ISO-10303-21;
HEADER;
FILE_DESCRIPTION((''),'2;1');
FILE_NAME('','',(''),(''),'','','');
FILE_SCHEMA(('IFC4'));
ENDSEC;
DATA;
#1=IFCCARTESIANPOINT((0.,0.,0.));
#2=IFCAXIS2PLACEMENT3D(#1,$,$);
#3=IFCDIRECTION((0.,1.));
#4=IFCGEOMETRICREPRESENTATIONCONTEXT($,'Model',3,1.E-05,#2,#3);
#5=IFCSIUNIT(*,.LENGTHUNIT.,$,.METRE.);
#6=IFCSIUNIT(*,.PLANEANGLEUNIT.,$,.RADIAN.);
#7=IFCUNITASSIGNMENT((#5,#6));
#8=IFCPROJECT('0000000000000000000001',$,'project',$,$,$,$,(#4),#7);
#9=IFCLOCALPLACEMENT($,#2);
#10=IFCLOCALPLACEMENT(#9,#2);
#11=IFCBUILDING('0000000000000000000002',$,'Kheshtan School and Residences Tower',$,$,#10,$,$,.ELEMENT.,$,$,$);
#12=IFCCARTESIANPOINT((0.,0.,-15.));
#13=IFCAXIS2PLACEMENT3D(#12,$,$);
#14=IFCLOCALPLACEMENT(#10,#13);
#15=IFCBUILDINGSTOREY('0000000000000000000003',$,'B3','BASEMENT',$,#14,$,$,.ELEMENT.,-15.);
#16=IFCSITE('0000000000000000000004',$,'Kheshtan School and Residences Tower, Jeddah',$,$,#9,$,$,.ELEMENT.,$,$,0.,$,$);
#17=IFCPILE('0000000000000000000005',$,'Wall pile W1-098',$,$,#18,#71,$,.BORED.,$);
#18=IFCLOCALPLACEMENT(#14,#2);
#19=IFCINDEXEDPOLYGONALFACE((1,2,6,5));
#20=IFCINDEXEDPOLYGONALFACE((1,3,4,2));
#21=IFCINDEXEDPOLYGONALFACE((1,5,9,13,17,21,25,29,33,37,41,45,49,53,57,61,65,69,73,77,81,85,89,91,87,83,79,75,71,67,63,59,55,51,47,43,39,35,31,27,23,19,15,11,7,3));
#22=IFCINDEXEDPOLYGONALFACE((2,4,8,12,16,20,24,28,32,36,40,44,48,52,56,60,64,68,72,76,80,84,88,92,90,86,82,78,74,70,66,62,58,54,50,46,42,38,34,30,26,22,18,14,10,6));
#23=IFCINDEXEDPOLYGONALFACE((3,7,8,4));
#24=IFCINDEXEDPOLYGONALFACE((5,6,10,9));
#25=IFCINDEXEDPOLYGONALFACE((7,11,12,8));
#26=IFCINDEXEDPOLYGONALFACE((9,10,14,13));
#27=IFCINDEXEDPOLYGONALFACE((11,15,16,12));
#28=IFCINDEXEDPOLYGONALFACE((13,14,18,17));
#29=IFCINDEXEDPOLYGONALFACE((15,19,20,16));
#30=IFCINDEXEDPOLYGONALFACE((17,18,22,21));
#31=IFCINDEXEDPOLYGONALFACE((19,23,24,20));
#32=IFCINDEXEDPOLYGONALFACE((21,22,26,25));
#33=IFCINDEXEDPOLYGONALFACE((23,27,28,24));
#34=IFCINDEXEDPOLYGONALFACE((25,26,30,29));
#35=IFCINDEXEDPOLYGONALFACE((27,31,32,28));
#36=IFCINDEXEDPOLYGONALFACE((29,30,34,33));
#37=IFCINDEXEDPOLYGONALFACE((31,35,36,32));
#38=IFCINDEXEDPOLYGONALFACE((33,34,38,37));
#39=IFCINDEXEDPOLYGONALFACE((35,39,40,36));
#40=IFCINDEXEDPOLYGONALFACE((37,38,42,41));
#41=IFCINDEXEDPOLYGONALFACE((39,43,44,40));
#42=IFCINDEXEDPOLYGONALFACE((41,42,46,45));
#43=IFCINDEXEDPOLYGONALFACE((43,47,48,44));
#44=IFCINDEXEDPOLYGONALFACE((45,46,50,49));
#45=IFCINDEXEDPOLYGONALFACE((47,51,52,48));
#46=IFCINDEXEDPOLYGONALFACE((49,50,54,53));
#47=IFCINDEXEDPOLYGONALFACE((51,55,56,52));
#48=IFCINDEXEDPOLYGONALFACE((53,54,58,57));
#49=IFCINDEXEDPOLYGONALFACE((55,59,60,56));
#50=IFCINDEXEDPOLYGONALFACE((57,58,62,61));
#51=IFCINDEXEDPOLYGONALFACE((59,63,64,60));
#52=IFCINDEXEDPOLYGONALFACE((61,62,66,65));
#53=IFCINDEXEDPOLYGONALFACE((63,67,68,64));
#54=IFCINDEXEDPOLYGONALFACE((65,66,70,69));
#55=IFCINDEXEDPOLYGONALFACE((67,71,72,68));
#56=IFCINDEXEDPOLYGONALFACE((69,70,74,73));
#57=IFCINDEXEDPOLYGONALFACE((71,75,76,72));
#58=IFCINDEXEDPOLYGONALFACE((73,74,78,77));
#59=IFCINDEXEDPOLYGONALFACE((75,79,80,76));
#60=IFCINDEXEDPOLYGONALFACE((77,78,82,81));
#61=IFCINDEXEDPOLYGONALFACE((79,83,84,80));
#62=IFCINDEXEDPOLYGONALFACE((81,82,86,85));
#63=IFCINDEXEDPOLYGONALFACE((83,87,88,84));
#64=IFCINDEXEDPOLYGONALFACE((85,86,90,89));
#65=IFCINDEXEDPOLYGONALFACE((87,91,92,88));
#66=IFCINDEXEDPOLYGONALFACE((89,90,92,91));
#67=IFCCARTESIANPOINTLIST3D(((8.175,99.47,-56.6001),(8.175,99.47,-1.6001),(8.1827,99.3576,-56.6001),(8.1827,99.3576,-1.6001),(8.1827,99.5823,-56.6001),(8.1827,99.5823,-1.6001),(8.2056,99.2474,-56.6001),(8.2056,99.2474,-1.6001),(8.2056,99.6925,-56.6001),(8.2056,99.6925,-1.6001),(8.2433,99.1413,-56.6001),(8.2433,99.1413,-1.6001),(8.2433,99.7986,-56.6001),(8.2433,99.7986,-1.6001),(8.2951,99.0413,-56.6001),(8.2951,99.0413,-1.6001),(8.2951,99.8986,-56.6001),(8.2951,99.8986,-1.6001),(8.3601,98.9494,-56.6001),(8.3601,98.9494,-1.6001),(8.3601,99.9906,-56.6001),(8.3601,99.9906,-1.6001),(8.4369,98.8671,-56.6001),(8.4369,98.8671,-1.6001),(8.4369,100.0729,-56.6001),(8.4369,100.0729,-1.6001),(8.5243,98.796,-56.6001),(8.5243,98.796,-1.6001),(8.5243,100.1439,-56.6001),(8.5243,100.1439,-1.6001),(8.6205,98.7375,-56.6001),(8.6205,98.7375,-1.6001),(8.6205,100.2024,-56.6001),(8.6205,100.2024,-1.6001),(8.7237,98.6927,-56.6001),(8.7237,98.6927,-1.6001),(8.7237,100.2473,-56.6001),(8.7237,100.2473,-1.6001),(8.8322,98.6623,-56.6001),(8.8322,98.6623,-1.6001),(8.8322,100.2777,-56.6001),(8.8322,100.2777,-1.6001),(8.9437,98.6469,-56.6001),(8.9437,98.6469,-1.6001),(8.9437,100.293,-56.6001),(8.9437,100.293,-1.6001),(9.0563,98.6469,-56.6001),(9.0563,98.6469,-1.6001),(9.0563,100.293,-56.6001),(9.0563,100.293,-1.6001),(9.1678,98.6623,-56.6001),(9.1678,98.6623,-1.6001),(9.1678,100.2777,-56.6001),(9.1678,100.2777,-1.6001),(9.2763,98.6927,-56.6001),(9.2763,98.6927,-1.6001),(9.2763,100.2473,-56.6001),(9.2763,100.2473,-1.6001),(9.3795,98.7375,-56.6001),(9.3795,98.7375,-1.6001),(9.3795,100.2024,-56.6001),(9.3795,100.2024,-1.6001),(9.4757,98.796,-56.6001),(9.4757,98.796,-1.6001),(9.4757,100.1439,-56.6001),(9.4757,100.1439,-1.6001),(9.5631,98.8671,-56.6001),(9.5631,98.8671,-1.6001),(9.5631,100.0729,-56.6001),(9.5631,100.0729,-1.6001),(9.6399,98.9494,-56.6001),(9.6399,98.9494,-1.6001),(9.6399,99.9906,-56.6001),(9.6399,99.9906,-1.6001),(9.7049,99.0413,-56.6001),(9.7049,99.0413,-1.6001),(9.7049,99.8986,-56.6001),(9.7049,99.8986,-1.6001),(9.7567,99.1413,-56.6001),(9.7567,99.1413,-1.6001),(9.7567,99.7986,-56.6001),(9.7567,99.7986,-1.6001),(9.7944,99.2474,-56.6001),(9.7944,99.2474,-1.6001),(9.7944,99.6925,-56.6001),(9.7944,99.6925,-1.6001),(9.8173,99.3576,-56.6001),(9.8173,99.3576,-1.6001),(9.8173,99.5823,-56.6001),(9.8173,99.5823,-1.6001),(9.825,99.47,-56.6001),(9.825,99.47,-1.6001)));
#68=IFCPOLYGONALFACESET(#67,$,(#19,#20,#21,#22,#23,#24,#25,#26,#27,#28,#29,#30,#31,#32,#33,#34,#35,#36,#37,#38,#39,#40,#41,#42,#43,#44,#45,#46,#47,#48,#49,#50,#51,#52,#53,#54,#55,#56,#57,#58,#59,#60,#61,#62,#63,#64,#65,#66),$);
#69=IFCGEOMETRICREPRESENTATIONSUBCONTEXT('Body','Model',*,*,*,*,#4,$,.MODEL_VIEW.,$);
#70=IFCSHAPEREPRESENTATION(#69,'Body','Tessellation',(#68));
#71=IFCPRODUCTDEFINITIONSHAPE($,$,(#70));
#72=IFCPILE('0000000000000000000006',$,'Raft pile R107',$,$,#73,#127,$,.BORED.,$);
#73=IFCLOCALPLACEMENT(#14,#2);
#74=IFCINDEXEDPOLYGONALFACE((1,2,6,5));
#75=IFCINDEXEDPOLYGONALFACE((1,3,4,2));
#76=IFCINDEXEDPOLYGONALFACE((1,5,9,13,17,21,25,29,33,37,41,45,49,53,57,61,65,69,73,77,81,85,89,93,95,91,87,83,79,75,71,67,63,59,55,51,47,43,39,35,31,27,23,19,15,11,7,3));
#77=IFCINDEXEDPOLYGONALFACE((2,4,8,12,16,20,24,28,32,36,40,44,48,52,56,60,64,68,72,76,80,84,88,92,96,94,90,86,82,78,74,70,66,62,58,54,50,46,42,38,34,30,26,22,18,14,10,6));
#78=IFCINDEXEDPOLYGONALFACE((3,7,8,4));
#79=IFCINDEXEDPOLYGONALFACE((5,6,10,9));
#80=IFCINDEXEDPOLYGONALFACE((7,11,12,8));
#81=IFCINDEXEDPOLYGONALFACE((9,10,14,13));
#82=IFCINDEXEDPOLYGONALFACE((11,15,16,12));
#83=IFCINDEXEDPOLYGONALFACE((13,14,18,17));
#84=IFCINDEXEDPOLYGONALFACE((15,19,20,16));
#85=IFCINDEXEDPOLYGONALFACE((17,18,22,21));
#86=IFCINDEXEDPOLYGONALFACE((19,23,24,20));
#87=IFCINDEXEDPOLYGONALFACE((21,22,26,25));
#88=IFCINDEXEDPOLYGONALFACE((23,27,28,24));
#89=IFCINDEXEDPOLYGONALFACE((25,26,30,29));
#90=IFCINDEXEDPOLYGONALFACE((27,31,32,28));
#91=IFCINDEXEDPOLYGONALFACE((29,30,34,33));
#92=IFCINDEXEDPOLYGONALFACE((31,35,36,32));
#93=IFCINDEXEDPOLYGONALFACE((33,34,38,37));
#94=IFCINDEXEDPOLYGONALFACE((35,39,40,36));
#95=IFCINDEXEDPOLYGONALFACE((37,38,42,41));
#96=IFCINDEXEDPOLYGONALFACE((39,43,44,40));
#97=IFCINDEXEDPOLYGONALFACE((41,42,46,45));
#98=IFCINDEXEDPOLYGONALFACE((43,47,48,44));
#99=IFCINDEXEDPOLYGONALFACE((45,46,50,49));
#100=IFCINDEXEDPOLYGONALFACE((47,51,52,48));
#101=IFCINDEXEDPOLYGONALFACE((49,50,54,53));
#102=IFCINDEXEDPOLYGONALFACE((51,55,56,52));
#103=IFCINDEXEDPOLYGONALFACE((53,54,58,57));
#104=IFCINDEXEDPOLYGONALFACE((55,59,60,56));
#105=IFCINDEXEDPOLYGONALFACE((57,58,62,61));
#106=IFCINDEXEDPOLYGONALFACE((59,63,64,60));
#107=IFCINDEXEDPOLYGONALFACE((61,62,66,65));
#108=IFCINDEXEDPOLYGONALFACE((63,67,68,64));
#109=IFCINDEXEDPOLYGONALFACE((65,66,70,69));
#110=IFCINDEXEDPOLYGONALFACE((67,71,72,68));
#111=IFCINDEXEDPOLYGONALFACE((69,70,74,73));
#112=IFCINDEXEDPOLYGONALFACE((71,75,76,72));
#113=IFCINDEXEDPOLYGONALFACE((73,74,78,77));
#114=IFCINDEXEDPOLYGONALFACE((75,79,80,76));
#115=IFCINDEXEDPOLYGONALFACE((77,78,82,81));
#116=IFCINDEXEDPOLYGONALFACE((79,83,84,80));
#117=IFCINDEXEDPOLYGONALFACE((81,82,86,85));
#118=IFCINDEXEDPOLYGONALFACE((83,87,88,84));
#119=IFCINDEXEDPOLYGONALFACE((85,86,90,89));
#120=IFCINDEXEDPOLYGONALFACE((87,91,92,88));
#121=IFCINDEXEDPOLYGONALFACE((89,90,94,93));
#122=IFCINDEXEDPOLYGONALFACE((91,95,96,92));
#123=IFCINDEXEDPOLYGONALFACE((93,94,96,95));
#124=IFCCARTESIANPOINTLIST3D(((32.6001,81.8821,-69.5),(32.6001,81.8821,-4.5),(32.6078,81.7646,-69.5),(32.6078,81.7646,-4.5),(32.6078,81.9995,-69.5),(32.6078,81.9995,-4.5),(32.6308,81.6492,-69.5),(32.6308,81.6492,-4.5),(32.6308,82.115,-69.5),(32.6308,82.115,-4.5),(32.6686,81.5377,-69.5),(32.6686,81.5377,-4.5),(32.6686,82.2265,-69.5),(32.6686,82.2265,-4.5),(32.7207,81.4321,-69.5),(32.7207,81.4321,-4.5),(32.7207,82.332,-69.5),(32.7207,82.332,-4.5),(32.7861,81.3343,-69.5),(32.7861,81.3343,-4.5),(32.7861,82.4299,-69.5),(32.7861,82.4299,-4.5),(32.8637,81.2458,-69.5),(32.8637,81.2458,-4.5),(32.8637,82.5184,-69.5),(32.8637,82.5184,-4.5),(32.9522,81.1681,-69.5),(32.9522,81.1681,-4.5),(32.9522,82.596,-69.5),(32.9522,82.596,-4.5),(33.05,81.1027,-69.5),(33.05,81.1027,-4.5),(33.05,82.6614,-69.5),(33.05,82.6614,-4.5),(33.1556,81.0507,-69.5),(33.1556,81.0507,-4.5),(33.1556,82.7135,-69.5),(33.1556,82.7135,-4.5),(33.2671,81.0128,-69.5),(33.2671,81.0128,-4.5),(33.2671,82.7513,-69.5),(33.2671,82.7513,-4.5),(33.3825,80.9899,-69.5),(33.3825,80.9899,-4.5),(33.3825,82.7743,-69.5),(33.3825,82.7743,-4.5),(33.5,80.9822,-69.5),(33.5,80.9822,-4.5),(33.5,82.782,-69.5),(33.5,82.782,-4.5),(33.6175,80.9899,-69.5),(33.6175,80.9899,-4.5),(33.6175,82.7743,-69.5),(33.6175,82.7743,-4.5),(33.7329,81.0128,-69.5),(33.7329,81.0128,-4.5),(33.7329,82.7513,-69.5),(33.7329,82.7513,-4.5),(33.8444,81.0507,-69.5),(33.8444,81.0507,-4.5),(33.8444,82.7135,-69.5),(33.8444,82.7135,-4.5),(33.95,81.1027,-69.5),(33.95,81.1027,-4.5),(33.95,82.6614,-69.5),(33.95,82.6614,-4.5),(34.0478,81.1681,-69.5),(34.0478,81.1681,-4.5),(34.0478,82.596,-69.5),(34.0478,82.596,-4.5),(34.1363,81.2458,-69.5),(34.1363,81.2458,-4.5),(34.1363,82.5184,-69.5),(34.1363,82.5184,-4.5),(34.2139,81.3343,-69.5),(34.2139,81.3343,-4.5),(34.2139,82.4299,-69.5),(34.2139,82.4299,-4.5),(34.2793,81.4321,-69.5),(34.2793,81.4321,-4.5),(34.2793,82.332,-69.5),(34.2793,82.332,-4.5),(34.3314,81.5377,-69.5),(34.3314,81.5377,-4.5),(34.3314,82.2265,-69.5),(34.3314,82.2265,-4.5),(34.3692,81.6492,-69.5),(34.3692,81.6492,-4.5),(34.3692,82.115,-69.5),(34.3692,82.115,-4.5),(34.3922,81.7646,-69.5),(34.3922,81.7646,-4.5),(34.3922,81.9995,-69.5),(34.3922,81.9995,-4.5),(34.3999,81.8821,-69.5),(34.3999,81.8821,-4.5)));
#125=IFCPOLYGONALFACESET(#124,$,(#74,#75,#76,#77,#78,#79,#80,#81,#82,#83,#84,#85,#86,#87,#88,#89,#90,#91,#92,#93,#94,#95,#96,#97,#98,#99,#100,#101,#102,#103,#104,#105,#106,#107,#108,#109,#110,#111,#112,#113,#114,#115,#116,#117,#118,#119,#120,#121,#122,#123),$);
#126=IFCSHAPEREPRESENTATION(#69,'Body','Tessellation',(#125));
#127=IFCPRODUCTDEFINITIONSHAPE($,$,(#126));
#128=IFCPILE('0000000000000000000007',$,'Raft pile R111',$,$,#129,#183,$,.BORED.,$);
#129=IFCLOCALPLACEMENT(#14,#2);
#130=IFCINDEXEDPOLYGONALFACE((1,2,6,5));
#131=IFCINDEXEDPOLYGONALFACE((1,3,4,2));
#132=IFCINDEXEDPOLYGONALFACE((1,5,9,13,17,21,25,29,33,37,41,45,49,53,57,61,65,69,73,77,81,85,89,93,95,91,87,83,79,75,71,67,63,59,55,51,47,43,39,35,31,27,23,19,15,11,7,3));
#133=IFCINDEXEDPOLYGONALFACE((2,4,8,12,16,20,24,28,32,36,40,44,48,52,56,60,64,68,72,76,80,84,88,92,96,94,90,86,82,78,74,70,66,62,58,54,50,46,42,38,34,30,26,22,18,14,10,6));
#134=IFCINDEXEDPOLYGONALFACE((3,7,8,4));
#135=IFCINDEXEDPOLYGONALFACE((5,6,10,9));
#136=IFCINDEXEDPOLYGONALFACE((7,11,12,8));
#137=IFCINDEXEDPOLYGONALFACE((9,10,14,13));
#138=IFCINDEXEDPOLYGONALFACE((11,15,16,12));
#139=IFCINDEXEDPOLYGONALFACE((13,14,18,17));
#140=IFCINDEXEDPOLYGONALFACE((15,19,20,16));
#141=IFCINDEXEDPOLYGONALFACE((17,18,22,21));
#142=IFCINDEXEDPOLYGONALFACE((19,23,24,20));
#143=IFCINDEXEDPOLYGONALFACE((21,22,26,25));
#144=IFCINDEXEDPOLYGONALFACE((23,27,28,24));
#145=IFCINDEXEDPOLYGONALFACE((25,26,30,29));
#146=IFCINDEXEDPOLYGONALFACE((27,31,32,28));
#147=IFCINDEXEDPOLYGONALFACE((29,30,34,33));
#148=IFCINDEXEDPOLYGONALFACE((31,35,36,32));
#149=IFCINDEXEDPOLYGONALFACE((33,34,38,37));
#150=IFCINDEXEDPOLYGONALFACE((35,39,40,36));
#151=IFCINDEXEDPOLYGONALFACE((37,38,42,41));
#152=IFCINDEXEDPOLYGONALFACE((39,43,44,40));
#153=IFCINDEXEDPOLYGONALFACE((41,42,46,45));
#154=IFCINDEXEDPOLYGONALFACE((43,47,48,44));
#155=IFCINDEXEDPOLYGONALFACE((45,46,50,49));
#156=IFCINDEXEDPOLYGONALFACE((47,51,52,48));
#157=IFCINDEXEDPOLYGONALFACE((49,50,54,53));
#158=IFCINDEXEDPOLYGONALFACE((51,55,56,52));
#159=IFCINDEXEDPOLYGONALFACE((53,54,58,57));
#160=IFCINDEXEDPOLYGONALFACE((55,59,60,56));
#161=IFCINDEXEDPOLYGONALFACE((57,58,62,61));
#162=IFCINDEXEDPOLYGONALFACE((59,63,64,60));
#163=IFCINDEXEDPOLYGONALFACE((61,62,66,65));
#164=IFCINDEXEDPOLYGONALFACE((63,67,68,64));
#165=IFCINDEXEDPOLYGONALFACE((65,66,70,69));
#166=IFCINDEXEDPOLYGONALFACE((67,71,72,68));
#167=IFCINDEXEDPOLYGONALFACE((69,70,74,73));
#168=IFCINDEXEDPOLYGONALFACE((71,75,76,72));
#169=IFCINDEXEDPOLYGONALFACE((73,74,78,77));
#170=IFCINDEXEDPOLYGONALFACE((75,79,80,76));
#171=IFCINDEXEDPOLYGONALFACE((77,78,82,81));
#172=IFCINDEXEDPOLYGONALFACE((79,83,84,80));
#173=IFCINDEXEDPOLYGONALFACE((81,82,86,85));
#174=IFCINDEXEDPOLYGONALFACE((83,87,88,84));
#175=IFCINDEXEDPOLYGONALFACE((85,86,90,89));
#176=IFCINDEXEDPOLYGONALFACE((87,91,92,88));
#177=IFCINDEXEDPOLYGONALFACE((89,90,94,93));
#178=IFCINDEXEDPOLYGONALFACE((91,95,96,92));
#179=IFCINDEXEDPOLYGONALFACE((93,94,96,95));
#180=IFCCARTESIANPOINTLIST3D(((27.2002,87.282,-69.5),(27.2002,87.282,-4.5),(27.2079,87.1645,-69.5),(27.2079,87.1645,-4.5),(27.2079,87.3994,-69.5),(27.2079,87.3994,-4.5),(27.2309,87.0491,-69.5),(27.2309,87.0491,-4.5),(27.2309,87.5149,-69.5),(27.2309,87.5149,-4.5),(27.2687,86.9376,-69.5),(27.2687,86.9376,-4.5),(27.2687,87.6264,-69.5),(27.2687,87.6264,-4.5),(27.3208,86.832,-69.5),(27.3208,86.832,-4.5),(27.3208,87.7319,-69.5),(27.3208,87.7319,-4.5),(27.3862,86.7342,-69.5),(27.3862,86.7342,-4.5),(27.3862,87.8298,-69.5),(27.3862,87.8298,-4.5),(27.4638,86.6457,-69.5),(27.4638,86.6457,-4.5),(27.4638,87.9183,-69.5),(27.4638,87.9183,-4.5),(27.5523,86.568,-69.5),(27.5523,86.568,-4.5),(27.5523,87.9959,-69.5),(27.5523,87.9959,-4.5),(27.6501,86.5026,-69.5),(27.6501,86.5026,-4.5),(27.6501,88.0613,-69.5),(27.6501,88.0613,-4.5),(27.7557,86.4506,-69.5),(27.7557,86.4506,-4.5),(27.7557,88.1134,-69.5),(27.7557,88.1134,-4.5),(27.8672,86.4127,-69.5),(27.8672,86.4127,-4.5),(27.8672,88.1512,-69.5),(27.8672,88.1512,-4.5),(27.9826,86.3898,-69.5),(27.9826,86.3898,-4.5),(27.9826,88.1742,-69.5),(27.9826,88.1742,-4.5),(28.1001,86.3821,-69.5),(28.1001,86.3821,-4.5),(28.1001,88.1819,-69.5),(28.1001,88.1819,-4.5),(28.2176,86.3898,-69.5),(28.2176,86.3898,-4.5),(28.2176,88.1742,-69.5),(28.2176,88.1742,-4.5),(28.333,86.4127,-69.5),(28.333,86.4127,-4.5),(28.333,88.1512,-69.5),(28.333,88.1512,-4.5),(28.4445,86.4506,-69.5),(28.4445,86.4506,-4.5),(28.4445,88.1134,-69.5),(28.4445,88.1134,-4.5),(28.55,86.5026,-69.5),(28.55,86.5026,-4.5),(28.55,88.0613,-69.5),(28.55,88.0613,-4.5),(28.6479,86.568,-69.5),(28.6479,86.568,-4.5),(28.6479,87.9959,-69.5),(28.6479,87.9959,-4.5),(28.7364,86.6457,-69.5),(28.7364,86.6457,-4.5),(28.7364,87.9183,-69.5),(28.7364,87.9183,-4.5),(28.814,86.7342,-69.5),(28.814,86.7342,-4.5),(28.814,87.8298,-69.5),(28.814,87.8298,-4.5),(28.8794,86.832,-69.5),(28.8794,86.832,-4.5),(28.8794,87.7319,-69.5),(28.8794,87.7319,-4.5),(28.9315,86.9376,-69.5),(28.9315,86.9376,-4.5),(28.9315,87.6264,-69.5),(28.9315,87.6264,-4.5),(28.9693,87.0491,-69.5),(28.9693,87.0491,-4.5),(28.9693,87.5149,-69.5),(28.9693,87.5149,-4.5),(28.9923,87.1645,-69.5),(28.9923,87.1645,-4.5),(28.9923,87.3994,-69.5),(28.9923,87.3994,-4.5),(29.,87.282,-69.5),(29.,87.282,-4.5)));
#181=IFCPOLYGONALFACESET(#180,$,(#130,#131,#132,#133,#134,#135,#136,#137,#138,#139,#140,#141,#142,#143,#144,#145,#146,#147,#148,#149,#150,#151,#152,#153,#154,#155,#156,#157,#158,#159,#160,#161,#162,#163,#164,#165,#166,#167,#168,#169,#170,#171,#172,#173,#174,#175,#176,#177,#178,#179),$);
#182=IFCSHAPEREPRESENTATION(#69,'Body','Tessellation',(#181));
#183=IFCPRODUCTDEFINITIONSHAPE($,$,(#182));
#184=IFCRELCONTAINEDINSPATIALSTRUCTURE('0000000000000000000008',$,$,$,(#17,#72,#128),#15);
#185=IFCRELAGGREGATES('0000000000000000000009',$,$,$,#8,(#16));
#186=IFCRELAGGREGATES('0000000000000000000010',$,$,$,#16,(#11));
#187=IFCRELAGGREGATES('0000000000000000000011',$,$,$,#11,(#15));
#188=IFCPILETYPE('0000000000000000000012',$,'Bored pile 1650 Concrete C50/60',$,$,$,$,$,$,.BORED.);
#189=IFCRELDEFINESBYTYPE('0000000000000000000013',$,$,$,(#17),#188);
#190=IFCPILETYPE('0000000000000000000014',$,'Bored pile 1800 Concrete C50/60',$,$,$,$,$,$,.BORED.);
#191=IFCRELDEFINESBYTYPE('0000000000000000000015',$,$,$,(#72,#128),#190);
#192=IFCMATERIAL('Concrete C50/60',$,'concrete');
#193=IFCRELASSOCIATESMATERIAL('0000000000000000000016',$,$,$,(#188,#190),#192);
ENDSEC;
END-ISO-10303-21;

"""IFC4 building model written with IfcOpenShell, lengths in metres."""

from ifc_helpers import new_model, si_unit, direction, frame, origin, origin_2d, place, context, subcontext, project, spatial, circle, extrude, material, material_profile, profile_set, type_object, element, save


model = new_model("IFC4")

# Units and contexts
model_context = context("Model", 3, precision=1e-05, world=origin(), true_north=direction((0.0, 1.0)))
body_context = subcontext(model_context, "Body", "Model", "MODEL_VIEW")
ifc_project = project(units=[si_unit("LENGTHUNIT", "METRE"), si_unit("PLANEANGLEUNIT", "RADIAN")], contexts=[model_context])

# Site, building, storey
site_placement = place(None, origin())
site = spatial("IfcSite", under=ifc_project, at=site_placement, Name="Kheshtan School and Residences Tower, Jeddah", CompositionType="ELEMENT", RefElevation=0.0)
building_placement = place(site_placement, origin())
building = spatial("IfcBuilding", under=site, at=building_placement, Name="Kheshtan School and Residences Tower", CompositionType="ELEMENT")
storey_placement = place(building_placement, frame((0.0, 0.0, -15.0)))
storey = spatial("IfcBuildingStorey", under=building, at=storey_placement, Name="B3", Description="BASEMENT", CompositionType="ELEMENT", Elevation=-15.0)

# Piles
ifc_material_1 = material(Name="Concrete C50/60", Category="concrete")
ifc_material_profile_1 = material_profile(ifc_material_1, circle(Radius=0.825, at=origin_2d()), Name="BP 1650")
ifc_profile_set_1 = profile_set([ifc_material_profile_1], Name="Concrete C50/60")
pile_type_1 = type_object("IfcPileType", Name="Bored pile 1650 Concrete C50/60", PredefinedType="BORED", material=ifc_profile_set_1)
for number, where, z_axis, x_axis, name in (
    (1, (9.0, 99.47, -1.6001), (0.0, 0.0, -1.0), (1.0, 0.0, 0.0), "Wall pile W1-098"),
):
    element("IfcPile", number, at=place(storey_placement, frame(where, z_axis=z_axis, x_axis=x_axis)), inside=storey, type_object=pile_type_1, Name=name, PredefinedType="BORED", context=body_context, shape_type="SweptSolid", body=[
        extrude(circle(Radius=0.825, at=origin_2d()), origin(), (0.0, 0.0, 1.0), 55.0),
    ])
ifc_material_profile_2 = material_profile(ifc_material_1, circle(Radius=0.8999, at=origin_2d()), Name="BP 1800")
ifc_profile_set_2 = profile_set([ifc_material_profile_2], Name="Concrete C50/60")
pile_type_2 = type_object("IfcPileType", Name="Bored pile 1800 Concrete C50/60", PredefinedType="BORED", material=ifc_profile_set_2)
for number, where, z_axis, x_axis, name in (
    (2, (33.5, 81.8821, -4.5), (0.0, 0.0, -1.0), (1.0, 0.0, 0.0), "Raft pile R107"),
    (3, (28.1001, 87.282, -4.5), (0.0, 0.0, -1.0), (1.0, 0.0, 0.0), "Raft pile R111"),
):
    element("IfcPile", number, at=place(storey_placement, frame(where, z_axis=z_axis, x_axis=x_axis)), inside=storey, type_object=pile_type_2, Name=name, PredefinedType="BORED", context=body_context, shape_type="SweptSolid", body=[
        extrude(circle(Radius=0.8999, at=origin_2d()), origin(), (0.0, 0.0, 1.0), 65.0),
    ])

save(model, "model.ifc")
